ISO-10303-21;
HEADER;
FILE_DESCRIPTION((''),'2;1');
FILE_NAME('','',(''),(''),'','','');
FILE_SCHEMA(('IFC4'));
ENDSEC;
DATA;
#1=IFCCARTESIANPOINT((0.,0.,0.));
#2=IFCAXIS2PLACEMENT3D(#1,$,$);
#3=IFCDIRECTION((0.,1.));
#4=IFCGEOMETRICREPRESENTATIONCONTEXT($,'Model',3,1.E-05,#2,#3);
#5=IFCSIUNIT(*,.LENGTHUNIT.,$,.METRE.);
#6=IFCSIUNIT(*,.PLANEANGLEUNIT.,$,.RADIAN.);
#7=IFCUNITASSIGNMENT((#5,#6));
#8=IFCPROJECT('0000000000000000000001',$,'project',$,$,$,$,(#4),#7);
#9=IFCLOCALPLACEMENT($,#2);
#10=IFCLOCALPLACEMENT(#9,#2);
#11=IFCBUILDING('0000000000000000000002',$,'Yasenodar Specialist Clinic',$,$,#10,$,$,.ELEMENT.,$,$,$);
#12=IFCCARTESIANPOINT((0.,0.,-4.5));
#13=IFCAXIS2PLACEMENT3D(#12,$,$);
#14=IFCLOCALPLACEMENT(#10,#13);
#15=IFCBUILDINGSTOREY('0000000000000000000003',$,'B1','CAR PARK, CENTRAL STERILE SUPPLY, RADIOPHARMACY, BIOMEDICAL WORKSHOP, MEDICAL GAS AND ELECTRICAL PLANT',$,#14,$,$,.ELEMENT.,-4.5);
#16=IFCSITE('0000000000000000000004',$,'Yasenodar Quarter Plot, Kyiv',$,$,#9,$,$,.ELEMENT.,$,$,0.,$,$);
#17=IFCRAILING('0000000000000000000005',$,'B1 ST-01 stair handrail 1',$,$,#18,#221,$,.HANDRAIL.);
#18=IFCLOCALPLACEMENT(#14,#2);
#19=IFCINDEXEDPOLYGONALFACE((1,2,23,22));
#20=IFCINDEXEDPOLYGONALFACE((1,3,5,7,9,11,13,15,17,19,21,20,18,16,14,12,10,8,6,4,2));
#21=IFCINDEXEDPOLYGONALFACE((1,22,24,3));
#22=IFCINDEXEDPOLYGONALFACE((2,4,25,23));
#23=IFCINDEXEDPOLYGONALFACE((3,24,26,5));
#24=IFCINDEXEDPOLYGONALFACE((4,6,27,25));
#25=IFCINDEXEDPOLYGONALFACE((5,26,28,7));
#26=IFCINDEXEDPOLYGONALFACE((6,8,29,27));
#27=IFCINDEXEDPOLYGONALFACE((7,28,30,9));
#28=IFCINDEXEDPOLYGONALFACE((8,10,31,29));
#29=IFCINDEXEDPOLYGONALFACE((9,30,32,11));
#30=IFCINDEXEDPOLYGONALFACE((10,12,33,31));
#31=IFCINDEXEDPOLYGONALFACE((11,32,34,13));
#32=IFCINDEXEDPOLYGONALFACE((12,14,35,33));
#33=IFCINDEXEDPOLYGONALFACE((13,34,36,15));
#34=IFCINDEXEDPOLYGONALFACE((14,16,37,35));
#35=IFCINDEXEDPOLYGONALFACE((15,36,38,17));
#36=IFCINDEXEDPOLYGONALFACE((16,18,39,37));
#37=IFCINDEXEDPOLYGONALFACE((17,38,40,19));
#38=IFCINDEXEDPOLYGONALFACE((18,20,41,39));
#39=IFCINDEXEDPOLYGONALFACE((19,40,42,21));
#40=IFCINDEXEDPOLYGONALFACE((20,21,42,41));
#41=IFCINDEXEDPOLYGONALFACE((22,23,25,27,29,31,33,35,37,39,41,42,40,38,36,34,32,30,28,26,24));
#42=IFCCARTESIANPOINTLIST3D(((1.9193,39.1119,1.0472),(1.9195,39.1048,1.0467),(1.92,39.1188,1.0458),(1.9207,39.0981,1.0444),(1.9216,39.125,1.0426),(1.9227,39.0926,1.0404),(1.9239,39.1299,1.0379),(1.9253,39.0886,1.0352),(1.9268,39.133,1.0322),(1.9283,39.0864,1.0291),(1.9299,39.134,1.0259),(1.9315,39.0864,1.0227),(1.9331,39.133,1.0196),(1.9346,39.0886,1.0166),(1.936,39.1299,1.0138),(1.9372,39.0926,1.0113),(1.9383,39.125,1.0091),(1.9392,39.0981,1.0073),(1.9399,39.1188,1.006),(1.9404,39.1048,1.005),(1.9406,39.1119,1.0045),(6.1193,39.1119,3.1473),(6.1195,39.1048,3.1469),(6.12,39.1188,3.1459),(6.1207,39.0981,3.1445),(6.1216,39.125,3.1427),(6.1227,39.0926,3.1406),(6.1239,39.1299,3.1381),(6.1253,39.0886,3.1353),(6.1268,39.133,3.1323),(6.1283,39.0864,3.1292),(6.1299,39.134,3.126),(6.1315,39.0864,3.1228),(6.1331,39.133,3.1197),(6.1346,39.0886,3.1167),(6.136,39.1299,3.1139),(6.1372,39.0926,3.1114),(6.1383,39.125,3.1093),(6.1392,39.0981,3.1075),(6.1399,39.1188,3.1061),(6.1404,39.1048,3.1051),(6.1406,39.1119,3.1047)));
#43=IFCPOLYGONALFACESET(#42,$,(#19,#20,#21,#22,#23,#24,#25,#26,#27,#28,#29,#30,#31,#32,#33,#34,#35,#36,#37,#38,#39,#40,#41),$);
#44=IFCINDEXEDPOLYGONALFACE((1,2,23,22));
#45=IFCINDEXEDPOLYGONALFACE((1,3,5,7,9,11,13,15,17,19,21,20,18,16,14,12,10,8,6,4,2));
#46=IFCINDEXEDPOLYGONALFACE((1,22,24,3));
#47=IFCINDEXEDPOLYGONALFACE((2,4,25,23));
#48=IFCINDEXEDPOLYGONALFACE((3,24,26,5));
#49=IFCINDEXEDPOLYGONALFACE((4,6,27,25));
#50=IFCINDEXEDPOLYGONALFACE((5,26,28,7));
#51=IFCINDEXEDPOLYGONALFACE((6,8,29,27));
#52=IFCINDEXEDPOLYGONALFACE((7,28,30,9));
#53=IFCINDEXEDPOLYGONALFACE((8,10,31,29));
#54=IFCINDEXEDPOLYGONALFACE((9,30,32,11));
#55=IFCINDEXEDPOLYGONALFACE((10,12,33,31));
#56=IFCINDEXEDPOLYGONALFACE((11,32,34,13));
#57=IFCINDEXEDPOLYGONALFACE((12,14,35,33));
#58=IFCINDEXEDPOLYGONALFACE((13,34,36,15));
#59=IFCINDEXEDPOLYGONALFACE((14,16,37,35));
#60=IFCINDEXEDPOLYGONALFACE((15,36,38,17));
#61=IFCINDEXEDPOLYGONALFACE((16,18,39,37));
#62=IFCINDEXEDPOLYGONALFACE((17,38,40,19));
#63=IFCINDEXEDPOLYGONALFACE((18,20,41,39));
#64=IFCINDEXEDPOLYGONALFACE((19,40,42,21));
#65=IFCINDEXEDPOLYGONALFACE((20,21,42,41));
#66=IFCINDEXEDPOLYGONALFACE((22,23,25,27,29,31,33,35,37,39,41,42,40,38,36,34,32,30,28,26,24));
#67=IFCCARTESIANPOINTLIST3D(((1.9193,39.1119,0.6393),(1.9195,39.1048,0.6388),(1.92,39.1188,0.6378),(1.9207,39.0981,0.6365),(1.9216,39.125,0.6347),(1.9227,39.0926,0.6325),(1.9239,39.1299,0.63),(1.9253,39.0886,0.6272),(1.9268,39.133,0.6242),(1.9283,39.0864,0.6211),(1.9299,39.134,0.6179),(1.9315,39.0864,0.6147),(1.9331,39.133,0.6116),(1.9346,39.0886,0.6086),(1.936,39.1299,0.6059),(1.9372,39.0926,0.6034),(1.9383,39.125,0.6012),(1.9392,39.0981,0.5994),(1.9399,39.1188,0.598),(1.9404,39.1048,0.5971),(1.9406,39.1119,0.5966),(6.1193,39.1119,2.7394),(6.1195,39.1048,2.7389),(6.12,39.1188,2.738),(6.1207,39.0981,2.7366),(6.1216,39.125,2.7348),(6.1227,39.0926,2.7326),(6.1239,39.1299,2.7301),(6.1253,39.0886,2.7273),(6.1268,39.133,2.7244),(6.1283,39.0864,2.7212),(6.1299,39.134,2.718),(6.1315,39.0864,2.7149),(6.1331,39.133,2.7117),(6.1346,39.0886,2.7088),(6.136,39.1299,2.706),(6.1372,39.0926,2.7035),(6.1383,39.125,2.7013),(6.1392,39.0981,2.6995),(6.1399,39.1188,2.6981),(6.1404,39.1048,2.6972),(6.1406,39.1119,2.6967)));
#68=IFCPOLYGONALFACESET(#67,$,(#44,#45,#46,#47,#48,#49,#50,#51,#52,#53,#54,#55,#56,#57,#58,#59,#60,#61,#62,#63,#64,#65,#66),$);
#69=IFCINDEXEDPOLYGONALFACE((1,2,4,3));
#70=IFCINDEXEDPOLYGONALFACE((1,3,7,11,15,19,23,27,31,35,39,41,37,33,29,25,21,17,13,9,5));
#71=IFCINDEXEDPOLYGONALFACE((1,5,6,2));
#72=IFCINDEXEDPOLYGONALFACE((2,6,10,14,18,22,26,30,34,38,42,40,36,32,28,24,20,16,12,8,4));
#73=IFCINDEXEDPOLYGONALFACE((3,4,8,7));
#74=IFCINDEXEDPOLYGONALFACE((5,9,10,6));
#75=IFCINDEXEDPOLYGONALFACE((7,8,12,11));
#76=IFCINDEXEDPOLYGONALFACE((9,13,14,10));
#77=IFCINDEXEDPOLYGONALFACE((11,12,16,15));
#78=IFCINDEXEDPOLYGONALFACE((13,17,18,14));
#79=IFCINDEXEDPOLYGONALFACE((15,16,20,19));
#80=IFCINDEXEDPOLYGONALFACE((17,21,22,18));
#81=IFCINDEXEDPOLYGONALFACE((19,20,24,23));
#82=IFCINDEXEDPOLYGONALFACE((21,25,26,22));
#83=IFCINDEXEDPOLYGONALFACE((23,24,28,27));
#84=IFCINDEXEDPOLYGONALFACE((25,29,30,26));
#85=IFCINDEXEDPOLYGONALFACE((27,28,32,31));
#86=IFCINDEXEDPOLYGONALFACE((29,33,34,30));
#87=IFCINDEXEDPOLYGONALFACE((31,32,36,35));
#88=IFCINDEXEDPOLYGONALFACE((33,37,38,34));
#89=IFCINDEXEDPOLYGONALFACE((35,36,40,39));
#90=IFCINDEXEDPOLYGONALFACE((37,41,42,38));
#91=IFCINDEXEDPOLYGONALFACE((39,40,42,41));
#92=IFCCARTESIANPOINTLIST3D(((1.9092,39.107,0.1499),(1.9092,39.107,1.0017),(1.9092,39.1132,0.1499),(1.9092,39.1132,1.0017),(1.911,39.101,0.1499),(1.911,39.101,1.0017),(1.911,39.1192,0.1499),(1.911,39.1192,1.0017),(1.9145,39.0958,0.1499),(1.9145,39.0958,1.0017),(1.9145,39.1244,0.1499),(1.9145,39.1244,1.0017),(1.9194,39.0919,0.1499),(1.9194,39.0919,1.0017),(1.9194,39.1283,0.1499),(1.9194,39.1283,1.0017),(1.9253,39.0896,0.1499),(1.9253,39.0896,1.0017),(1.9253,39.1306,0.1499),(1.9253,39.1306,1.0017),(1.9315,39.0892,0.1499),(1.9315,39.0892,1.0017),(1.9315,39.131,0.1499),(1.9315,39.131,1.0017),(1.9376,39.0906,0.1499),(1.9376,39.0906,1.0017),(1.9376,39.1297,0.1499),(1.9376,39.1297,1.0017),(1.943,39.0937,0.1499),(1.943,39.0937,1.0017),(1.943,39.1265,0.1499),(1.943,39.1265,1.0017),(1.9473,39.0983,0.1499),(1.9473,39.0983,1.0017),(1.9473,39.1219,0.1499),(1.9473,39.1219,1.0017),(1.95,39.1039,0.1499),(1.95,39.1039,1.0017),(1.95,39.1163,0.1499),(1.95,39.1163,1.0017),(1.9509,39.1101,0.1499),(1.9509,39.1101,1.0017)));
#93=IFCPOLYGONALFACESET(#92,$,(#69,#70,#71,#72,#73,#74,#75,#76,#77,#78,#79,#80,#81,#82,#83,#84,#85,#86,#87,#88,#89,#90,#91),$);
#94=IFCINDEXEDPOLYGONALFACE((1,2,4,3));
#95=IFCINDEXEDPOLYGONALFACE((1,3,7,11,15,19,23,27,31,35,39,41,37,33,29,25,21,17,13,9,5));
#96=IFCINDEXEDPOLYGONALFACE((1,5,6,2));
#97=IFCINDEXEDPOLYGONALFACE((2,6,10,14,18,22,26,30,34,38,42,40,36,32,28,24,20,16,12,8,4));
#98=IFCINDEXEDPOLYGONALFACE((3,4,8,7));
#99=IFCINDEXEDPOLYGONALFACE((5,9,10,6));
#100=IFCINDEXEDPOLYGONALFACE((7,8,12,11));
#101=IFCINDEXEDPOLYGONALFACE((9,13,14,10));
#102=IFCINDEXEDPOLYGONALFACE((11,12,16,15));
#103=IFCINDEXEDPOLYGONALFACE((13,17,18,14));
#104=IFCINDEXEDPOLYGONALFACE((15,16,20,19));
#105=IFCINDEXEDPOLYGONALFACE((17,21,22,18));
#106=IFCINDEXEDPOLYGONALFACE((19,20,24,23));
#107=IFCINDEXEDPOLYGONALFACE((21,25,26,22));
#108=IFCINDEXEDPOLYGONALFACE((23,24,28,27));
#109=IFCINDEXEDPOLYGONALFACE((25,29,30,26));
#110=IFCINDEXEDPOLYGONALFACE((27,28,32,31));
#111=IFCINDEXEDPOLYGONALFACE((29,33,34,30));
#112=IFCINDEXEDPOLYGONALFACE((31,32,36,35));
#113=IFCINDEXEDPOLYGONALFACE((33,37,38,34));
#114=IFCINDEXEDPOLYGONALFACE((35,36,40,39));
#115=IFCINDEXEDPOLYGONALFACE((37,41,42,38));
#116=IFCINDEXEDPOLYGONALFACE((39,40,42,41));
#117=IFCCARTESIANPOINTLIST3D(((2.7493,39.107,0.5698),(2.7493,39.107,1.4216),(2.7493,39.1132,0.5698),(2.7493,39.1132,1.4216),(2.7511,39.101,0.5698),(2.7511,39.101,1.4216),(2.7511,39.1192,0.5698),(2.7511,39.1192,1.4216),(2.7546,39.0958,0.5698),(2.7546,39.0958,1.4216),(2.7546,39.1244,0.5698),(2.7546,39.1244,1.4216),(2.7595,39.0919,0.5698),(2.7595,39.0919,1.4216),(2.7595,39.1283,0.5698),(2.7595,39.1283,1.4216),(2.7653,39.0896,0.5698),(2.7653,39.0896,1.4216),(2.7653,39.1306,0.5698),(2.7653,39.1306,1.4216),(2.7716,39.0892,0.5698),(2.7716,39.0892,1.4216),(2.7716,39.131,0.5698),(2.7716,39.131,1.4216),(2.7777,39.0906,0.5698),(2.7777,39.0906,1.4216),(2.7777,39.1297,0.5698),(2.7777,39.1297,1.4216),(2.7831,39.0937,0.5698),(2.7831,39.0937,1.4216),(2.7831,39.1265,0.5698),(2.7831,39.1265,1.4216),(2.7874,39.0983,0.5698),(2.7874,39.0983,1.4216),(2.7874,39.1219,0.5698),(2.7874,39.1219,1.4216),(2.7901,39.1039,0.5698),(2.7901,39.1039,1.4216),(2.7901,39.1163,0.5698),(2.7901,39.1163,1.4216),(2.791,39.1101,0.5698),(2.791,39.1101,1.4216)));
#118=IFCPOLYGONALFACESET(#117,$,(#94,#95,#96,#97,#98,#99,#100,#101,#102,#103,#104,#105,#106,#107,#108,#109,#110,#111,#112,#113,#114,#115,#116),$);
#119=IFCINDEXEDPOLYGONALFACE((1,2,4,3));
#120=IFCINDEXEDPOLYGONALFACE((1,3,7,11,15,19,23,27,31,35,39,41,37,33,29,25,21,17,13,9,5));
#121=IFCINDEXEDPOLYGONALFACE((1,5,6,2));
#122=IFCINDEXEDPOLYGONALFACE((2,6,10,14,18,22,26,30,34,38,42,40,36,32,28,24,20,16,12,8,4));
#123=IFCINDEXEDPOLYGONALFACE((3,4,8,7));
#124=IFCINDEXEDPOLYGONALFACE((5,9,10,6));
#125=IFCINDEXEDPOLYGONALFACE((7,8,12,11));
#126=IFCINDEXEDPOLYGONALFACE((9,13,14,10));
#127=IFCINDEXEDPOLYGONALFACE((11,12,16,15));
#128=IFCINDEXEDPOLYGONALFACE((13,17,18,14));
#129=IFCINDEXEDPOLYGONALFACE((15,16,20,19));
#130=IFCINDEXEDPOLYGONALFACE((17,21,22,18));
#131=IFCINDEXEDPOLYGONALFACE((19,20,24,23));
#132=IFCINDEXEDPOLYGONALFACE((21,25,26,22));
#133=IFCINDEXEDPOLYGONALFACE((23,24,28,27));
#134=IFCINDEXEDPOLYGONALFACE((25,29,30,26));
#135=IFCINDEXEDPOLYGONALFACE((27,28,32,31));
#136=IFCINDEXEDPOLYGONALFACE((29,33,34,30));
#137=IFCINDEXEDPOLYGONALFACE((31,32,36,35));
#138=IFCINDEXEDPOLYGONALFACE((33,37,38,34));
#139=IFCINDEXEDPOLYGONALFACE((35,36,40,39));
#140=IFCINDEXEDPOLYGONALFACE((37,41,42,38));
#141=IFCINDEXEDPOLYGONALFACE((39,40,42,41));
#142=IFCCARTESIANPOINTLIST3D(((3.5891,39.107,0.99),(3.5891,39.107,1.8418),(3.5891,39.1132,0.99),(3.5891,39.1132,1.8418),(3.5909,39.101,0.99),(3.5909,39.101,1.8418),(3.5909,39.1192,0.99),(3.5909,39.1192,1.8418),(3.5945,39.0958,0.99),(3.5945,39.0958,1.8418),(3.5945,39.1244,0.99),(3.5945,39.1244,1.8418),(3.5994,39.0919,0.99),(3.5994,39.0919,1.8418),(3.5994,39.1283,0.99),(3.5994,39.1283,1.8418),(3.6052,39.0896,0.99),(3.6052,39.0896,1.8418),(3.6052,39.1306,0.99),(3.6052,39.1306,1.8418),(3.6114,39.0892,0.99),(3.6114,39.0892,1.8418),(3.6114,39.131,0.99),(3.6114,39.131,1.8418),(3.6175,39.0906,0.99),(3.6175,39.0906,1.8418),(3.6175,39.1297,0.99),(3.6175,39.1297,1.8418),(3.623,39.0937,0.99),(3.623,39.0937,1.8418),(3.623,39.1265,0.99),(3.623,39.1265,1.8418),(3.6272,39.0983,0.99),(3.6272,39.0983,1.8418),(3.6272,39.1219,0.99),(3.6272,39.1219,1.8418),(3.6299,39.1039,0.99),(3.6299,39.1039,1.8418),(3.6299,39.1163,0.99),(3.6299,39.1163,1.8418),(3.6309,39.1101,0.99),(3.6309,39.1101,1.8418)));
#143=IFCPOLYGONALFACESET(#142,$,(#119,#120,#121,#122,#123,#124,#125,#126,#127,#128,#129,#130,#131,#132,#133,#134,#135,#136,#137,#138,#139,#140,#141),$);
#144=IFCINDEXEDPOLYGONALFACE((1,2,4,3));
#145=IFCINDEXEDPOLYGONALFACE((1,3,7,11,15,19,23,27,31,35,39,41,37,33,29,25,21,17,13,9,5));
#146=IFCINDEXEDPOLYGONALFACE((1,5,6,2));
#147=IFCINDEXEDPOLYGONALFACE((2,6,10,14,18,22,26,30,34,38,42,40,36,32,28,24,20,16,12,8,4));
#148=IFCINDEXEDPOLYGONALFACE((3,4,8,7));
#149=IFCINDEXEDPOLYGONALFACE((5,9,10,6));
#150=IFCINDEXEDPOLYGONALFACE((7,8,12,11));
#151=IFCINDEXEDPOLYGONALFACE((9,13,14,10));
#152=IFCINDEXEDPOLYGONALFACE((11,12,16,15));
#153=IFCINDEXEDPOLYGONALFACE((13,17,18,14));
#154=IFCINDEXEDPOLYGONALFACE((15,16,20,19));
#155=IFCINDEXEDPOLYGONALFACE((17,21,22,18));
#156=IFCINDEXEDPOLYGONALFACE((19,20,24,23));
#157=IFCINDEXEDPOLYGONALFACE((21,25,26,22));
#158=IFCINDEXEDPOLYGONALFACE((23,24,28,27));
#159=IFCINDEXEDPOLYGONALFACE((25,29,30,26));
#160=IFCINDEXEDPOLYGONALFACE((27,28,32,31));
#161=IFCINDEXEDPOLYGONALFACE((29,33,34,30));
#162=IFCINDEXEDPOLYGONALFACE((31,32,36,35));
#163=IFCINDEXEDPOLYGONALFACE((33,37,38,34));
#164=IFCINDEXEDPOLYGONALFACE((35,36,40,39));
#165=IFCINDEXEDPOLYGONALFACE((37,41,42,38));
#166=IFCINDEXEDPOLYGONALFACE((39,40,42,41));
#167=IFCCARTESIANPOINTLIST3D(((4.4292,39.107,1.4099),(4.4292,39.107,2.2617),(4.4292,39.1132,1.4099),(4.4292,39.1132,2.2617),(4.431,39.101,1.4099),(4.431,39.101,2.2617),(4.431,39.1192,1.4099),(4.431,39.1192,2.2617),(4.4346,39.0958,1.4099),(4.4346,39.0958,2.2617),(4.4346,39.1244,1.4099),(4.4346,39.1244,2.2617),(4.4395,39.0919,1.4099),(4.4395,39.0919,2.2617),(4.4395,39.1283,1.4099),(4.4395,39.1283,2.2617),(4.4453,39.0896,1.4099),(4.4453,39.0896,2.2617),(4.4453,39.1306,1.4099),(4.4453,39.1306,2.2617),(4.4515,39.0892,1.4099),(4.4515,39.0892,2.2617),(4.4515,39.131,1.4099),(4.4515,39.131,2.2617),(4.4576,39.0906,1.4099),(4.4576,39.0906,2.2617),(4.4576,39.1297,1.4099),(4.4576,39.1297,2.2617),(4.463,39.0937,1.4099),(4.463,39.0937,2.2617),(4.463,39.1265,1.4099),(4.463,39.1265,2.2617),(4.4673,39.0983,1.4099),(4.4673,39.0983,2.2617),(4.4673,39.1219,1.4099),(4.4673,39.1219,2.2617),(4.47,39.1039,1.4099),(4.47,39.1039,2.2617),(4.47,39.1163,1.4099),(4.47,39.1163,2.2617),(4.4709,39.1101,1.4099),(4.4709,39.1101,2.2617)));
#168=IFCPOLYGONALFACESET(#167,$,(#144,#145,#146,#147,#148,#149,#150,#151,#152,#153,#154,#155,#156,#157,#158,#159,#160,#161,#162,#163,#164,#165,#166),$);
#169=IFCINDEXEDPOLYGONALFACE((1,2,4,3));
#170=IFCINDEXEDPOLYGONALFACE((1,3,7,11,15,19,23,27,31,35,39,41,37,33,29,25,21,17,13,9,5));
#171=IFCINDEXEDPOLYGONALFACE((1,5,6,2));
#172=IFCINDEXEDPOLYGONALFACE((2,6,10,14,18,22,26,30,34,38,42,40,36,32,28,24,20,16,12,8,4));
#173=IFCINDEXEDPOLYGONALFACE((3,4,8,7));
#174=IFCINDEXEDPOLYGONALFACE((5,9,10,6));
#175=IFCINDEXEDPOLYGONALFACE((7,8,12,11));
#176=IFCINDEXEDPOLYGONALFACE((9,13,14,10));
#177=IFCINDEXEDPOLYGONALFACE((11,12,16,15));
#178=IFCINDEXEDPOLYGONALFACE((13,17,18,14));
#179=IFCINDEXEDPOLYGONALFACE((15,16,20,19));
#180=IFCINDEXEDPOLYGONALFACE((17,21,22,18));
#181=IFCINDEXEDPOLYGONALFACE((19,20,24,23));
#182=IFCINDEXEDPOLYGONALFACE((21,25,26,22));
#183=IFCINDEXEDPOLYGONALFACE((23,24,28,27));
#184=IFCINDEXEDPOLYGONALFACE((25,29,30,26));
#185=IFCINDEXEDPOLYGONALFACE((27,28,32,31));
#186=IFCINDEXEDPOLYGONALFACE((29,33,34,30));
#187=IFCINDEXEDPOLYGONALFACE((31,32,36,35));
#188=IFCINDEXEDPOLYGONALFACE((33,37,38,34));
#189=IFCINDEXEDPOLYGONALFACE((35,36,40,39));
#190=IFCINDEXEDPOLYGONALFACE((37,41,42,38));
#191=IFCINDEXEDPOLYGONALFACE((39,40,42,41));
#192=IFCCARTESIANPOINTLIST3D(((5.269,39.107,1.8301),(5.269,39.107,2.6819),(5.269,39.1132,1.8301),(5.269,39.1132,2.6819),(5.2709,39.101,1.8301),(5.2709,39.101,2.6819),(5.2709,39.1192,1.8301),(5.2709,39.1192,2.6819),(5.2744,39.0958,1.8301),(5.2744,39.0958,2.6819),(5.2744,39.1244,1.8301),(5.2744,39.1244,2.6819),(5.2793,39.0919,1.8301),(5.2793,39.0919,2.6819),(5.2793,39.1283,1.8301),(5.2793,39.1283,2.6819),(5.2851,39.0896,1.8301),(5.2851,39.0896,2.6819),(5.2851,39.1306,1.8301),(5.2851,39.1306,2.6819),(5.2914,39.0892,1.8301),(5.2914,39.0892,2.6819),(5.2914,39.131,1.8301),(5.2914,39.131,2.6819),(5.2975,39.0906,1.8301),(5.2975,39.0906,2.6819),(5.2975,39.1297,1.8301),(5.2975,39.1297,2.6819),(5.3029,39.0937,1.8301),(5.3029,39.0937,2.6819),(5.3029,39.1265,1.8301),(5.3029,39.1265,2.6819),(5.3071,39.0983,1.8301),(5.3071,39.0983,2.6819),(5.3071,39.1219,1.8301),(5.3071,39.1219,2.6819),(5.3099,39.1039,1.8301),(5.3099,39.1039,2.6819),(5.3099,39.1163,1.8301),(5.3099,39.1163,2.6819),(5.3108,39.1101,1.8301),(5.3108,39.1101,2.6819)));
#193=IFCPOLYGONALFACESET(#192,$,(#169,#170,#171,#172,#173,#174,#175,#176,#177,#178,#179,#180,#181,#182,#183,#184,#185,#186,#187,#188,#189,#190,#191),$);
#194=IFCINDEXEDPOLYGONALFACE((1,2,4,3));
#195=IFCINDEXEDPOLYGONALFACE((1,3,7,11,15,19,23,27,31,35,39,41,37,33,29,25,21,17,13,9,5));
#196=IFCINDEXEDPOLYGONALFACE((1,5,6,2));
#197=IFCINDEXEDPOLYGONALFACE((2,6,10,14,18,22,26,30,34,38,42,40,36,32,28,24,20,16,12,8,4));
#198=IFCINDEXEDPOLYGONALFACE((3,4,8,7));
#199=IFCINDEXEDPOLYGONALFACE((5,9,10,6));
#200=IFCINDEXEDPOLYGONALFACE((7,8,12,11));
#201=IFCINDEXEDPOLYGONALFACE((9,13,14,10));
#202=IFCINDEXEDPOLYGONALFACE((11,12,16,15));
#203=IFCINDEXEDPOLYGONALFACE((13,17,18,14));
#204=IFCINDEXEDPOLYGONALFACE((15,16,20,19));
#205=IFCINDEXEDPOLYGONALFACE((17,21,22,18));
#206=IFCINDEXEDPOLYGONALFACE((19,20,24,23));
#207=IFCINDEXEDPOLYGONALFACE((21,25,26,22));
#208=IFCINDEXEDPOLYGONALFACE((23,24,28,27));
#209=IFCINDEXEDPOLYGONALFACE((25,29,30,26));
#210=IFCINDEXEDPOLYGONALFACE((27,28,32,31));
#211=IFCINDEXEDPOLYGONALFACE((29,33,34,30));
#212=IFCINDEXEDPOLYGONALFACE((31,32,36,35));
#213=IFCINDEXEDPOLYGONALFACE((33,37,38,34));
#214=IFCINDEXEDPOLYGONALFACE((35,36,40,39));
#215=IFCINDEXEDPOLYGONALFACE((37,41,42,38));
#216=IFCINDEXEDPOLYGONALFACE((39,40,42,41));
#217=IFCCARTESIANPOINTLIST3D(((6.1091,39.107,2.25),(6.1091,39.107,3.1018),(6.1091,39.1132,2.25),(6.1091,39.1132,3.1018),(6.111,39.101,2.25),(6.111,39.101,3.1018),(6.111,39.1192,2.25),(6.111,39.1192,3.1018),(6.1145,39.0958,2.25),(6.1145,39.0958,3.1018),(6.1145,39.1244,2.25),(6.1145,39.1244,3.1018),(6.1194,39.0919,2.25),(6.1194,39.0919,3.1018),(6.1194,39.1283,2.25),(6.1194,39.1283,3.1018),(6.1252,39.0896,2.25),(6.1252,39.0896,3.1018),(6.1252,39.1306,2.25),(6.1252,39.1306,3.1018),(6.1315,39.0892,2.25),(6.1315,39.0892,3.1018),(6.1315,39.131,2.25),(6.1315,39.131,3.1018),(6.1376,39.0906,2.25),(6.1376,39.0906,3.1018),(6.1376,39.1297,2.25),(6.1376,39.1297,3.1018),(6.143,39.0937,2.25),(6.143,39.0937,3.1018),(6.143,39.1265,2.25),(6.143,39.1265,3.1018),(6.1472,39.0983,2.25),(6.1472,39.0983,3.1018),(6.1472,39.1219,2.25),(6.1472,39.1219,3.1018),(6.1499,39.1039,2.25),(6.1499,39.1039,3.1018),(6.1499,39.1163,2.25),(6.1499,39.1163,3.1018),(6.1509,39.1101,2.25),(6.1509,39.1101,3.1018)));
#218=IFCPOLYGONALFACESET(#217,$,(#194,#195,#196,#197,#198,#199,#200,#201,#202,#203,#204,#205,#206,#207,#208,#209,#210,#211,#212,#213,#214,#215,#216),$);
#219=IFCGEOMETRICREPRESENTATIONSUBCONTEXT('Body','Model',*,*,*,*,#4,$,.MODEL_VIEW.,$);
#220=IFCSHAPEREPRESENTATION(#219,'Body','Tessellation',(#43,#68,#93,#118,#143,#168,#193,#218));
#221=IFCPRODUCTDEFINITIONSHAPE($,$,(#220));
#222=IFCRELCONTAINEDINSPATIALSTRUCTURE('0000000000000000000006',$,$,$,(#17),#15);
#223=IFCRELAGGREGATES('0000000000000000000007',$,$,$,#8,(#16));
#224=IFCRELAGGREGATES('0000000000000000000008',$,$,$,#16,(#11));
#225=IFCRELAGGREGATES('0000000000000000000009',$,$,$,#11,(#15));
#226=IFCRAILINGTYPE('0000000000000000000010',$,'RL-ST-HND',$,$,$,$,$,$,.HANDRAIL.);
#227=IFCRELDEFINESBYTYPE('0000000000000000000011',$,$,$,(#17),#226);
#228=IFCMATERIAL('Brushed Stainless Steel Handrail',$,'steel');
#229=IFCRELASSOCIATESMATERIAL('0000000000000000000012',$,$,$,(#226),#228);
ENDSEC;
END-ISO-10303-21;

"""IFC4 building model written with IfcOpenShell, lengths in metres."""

from ifc_helpers import new_model, si_unit, direction, frame, origin, origin_2d, place, context, subcontext, project, spatial, circle, extrude, material, type_object, element, save


model = new_model("IFC4")

# Units and contexts
model_context = context("Model", 3, precision=1e-05, world=origin(), true_north=direction((0.0, 1.0)))
body_context = subcontext(model_context, "Body", "Model", "MODEL_VIEW")
ifc_project = project(units=[si_unit("LENGTHUNIT", "METRE"), si_unit("PLANEANGLEUNIT", "RADIAN")], contexts=[model_context])

# Site, building, storey
site_placement = place(None, origin())
site = spatial("IfcSite", under=ifc_project, at=site_placement, Name="Yasenodar Quarter Plot, Kyiv", CompositionType="ELEMENT", RefElevation=0.0)
building_placement = place(site_placement, origin())
building = spatial("IfcBuilding", under=site, at=building_placement, Name="Yasenodar Specialist Clinic", CompositionType="ELEMENT")
storey_placement = place(building_placement, frame((0.0, 0.0, -4.5)))
storey = spatial("IfcBuildingStorey", under=building, at=storey_placement, Name="B1", Description="CAR PARK, CENTRAL STERILE SUPPLY, RADIOPHARMACY, BIOMEDICAL WORKSHOP, MEDICAL GAS AND ELECTRICAL PLANT", CompositionType="ELEMENT", Elevation=-4.5)

# Railing
ifc_material_1 = material(Name="Brushed Stainless Steel Handrail", Category="steel")
railing_type_1 = type_object("IfcRailingType", Name="RL-ST-HND", PredefinedType="HANDRAIL", material=ifc_material_1)
railing_1_placement = place(storey_placement, frame((1.9299, 39.1101, 0.1499)))
element("IfcRailing", 1, at=railing_1_placement, inside=storey, type_object=railing_type_1, Name="B1 ST-01 stair handrail 1", PredefinedType="HANDRAIL", context=body_context, shape_type="SweptSolid", body=[
    extrude(circle(Radius=0.0239, at=origin_2d()), frame((0.0, 0.0, 0.876), z_axis=(0.894417, 0.0, 0.447234), x_axis=(0.0, 1.0, 0.0)), (0.0, 0.0, 1.0), 4.6958),
    extrude(circle(Radius=0.0239, at=origin_2d()), frame((0.0, 0.0, 0.468), z_axis=(0.894417, 0.0, 0.447234), x_axis=(0.0, 1.0, 0.0)), (0.0, 0.0, 1.0), 4.6958),
    extrude(circle(Radius=0.021, at=origin_2d()), origin(), (0.0, 0.0, 1.0), 0.8518),
    extrude(circle(Radius=0.021, at=origin_2d()), frame((0.8401, 0.0, 0.4199)), (0.0, 0.0, 1.0), 0.8518),
    extrude(circle(Radius=0.021, at=origin_2d()), frame((1.6799, 0.0, 0.8401)), (0.0, 0.0, 1.0), 0.8518),
    extrude(circle(Radius=0.021, at=origin_2d()), frame((2.52, 0.0, 1.26)), (0.0, 0.0, 1.0), 0.8518),
    extrude(circle(Radius=0.021, at=origin_2d()), frame((3.3599, 0.0, 1.6802)), (0.0, 0.0, 1.0), 0.8518),
    extrude(circle(Radius=0.021, at=origin_2d()), frame((4.2, 0.0, 2.1001)), (0.0, 0.0, 1.0), 0.8518),
])

save(model, "model.ifc")
